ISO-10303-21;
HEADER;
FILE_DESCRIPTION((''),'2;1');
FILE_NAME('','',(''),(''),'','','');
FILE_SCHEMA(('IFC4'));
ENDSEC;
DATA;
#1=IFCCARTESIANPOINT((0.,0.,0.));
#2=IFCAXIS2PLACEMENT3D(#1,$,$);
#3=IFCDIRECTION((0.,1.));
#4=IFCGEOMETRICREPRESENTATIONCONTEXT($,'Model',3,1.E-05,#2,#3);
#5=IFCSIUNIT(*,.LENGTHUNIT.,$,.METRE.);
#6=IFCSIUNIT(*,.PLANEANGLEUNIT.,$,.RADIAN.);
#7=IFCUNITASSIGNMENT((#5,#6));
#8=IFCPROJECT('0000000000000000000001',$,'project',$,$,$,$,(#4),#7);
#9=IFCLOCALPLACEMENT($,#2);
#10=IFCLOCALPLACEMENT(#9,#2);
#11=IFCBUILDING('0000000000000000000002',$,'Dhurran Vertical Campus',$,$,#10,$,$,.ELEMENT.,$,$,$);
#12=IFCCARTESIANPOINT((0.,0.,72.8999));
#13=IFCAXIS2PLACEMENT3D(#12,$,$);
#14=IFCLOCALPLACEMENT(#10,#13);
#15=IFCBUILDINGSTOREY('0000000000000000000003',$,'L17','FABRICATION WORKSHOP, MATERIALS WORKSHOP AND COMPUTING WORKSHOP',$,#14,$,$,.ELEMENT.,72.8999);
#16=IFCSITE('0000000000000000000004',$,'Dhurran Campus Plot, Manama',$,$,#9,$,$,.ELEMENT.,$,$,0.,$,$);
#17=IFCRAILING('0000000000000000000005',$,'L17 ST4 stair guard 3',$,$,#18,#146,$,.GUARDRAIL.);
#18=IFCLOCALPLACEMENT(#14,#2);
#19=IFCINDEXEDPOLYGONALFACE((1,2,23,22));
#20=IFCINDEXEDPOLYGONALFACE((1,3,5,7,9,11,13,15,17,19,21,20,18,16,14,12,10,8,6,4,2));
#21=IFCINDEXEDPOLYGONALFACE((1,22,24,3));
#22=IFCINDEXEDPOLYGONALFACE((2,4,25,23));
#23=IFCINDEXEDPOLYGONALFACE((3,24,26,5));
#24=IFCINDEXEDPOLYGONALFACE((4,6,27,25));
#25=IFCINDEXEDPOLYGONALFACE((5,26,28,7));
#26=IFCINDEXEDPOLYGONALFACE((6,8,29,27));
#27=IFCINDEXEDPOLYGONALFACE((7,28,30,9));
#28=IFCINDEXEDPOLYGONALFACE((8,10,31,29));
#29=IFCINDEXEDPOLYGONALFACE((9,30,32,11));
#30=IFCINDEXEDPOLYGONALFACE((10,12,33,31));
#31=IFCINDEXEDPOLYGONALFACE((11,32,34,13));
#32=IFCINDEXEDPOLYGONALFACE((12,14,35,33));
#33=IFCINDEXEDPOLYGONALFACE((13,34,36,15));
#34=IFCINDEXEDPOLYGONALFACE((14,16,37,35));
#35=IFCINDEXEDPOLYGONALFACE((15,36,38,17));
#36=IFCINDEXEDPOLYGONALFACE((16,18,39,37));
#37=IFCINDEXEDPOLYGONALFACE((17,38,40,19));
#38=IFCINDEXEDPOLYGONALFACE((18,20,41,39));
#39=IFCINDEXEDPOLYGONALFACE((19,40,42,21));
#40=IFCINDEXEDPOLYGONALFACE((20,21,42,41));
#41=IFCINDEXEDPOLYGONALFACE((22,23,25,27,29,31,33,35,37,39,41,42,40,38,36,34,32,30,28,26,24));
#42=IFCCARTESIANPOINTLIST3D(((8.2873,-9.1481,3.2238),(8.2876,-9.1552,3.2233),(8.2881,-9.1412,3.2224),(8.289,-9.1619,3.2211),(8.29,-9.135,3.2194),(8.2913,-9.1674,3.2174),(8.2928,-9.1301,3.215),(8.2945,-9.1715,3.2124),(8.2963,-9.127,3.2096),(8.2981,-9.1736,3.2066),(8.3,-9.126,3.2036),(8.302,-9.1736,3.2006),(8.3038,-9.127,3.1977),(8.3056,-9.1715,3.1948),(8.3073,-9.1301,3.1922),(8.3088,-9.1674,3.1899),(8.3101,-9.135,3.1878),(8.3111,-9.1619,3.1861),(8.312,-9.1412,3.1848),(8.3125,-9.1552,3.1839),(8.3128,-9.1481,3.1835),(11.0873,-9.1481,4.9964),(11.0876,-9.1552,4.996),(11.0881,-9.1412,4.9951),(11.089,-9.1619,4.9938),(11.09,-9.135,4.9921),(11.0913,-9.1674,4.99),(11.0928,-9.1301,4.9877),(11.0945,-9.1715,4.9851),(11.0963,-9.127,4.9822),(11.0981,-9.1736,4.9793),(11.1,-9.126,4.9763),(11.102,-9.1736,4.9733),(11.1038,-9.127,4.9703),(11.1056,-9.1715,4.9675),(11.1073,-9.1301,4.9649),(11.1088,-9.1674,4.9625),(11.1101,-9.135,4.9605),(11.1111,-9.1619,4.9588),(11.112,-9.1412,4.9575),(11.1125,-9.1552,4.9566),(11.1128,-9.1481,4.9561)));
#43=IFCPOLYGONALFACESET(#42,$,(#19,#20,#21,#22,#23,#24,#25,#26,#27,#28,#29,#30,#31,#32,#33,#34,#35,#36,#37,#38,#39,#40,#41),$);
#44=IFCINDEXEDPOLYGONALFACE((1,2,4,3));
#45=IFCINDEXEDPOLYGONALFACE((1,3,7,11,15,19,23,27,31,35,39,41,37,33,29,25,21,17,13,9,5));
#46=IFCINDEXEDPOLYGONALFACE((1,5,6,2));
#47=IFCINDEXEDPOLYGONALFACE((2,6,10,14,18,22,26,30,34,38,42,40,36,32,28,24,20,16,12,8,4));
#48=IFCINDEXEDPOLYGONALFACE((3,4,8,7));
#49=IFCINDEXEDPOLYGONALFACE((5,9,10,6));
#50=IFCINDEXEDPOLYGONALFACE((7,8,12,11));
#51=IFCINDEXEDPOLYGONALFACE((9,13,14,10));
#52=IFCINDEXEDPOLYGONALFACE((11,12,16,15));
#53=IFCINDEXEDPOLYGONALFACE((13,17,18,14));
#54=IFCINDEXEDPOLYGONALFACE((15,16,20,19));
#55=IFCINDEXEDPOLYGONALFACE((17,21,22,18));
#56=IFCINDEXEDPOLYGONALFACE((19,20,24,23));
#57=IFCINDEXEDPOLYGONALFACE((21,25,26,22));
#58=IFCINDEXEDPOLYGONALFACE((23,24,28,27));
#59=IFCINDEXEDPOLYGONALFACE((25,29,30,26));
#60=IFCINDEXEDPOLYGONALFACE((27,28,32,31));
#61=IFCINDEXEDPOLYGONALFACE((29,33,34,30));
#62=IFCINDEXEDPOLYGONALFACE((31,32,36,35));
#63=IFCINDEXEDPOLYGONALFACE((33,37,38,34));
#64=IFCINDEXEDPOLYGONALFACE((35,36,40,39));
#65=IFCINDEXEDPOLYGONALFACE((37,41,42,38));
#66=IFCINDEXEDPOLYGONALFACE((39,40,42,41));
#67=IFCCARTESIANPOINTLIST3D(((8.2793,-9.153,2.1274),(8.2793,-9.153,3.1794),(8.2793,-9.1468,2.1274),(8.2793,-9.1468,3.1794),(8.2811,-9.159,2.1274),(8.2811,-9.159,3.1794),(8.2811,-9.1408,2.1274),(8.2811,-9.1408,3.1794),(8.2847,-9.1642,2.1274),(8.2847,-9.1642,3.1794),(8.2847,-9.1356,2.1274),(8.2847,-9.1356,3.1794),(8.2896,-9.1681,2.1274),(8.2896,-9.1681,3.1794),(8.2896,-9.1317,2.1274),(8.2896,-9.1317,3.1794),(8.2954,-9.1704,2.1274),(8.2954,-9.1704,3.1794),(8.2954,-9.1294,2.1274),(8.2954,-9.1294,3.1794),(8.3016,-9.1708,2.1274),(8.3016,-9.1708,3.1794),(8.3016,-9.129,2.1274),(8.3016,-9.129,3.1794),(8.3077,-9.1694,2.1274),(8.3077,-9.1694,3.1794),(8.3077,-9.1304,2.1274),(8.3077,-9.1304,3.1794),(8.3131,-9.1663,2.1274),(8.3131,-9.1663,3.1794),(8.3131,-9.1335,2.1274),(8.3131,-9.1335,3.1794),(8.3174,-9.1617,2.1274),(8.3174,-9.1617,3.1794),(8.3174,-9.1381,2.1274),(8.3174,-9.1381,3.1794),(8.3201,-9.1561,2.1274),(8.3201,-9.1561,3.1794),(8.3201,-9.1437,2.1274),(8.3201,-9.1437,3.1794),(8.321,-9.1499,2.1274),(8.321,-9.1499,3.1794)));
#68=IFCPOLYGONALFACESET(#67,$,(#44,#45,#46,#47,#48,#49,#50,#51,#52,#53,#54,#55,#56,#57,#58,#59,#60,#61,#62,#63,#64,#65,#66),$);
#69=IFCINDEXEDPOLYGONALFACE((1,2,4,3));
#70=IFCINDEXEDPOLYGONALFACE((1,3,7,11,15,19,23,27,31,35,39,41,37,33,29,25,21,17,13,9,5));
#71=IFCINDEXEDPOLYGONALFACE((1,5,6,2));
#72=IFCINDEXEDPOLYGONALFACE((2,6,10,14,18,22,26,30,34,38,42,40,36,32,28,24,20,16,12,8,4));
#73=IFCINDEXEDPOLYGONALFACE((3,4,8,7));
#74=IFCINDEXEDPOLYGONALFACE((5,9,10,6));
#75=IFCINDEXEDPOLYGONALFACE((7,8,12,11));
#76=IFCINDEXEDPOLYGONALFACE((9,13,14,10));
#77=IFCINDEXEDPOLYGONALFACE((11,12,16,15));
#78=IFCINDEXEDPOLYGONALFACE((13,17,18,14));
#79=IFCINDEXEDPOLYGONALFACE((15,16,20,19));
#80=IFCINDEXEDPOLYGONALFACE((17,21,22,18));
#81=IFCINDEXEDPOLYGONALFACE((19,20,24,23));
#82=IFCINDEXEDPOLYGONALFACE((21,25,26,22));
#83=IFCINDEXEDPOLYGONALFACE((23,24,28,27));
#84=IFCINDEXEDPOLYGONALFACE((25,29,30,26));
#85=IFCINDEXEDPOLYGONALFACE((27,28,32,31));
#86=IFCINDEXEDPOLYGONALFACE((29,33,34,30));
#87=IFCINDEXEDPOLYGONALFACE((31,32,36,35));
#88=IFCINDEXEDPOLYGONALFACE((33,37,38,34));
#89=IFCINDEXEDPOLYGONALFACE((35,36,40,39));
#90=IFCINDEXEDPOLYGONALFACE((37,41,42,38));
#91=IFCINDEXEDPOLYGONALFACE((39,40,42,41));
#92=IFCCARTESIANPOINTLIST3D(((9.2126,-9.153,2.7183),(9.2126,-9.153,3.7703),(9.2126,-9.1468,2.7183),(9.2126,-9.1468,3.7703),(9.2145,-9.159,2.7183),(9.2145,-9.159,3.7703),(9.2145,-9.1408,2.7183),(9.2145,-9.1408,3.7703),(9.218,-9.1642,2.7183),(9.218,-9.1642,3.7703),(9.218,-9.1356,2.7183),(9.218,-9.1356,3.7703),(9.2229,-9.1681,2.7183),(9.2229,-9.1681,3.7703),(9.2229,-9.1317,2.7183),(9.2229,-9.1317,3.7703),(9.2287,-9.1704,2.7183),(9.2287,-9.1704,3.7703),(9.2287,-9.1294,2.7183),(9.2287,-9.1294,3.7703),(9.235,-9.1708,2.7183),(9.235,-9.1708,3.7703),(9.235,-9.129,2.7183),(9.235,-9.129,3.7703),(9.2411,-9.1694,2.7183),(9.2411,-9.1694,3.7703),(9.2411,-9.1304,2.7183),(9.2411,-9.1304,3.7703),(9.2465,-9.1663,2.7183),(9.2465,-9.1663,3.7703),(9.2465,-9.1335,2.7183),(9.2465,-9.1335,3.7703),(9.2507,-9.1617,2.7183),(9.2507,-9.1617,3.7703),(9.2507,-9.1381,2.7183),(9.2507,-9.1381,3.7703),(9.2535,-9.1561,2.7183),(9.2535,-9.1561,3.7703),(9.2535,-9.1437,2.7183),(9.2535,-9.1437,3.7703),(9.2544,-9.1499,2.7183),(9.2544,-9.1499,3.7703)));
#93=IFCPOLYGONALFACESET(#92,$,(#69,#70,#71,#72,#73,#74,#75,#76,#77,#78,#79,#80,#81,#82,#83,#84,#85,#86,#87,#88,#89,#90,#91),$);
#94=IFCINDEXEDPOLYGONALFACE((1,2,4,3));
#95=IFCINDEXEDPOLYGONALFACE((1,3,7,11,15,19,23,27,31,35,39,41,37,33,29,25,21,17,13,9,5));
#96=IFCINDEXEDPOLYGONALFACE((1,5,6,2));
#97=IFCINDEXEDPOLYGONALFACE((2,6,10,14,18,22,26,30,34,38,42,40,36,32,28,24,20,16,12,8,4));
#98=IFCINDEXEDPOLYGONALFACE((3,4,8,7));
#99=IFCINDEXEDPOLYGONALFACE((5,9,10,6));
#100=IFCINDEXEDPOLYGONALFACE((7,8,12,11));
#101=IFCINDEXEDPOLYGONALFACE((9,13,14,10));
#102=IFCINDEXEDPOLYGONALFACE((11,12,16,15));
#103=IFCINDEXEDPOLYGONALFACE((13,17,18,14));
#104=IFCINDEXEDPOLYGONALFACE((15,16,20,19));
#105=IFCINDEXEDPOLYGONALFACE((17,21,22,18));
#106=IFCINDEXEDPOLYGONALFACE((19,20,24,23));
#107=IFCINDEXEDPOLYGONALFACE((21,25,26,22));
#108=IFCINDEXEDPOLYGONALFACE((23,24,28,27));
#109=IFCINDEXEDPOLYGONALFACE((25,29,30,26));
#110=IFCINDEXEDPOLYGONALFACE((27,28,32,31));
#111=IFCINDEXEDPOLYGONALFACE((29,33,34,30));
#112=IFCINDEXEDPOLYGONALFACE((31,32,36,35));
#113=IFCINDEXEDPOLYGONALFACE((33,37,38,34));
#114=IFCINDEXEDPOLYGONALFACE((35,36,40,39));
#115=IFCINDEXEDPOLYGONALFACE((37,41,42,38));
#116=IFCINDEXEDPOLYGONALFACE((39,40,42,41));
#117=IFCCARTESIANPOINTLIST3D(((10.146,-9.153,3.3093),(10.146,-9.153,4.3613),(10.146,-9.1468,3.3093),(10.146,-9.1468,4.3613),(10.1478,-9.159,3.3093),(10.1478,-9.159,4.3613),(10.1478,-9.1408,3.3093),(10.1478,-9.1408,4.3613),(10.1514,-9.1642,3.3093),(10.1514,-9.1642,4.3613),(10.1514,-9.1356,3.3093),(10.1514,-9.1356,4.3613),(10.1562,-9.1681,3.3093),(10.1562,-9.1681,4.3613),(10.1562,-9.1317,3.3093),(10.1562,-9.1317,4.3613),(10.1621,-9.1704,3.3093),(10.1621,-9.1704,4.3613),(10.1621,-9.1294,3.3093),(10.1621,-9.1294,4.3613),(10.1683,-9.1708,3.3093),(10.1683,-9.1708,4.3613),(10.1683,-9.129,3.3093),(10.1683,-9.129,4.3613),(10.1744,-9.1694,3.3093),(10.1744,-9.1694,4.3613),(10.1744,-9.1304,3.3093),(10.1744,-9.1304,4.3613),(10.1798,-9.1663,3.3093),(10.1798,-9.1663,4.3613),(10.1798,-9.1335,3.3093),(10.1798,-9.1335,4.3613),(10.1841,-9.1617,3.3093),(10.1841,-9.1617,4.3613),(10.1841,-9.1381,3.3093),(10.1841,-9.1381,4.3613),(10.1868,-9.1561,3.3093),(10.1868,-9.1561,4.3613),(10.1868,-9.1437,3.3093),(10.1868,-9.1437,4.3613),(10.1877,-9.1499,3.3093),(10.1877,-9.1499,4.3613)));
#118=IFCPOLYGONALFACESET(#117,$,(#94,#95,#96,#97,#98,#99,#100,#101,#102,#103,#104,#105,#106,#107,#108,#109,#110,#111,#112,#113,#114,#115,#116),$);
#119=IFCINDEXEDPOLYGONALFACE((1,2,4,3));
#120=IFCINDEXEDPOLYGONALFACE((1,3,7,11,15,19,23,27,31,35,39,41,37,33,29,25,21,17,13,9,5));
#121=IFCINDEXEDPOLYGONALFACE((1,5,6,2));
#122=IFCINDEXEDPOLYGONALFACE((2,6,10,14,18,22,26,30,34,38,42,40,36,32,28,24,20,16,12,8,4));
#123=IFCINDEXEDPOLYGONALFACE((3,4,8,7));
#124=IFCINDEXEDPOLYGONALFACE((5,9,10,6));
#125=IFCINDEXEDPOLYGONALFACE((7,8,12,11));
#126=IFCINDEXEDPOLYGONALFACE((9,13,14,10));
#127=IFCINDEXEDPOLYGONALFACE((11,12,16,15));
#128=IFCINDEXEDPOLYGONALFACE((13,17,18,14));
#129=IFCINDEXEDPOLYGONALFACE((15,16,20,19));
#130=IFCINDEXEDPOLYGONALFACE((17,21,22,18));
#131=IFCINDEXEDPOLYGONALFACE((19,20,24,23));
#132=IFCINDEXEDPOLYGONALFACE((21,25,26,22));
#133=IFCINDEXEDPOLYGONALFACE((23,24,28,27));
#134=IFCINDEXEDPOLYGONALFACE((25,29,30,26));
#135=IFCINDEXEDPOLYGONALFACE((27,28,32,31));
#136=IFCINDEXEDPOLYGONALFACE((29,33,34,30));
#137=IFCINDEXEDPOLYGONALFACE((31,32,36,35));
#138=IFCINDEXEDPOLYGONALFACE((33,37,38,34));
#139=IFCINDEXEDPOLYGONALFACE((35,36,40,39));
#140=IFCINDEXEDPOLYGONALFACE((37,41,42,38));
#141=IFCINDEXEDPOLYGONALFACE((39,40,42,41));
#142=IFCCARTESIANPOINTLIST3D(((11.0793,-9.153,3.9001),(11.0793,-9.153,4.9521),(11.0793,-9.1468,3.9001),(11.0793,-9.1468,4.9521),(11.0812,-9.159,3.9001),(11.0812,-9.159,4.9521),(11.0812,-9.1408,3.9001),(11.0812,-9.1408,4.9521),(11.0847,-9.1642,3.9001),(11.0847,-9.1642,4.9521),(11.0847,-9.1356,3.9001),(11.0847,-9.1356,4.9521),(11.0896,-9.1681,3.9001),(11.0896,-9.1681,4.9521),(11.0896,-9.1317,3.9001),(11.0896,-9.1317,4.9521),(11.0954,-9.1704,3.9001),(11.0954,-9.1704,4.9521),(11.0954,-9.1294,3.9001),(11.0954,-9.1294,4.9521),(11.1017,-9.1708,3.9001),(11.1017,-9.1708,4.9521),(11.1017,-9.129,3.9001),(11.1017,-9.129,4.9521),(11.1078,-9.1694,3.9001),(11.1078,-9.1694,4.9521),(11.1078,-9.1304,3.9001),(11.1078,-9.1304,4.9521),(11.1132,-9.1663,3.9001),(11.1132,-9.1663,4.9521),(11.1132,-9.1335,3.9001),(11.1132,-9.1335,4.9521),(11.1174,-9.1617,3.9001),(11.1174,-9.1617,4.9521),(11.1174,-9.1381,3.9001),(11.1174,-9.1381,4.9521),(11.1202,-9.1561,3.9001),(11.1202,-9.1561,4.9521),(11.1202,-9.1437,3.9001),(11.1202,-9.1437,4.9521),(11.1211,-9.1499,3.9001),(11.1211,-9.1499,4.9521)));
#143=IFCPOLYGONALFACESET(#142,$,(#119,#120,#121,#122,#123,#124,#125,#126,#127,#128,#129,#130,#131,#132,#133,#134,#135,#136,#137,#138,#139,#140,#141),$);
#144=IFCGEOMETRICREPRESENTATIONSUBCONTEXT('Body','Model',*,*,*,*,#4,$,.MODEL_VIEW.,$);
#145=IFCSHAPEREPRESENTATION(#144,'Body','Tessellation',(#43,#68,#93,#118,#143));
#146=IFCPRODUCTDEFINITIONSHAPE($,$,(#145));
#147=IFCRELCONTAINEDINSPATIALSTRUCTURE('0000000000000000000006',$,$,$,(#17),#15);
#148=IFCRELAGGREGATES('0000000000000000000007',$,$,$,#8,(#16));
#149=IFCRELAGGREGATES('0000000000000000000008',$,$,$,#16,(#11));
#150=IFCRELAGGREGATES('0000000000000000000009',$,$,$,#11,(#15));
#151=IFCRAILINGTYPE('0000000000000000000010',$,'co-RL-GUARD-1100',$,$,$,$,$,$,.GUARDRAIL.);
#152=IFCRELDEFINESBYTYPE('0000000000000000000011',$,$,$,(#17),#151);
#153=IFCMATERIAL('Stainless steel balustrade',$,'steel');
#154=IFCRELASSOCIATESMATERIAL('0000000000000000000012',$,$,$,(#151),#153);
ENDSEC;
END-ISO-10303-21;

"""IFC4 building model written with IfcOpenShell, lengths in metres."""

from ifc_helpers import new_model, si_unit, direction, frame, origin, origin_2d, place, context, subcontext, project, spatial, circle, extrude, material, type_object, element, save


model = new_model("IFC4")

# Units and contexts
model_context = context("Model", 3, precision=1e-05, world=origin(), true_north=direction((0.0, 1.0)))
body_context = subcontext(model_context, "Body", "Model", "MODEL_VIEW")
ifc_project = project(units=[si_unit("LENGTHUNIT", "METRE"), si_unit("PLANEANGLEUNIT", "RADIAN")], contexts=[model_context])

# Site, building, storey
site_placement = place(None, origin())
site = spatial("IfcSite", under=ifc_project, at=site_placement, Name="Dhurran Campus Plot, Manama", CompositionType="ELEMENT", RefElevation=0.0)
building_placement = place(site_placement, origin())
building = spatial("IfcBuilding", under=site, at=building_placement, Name="Dhurran Vertical Campus", CompositionType="ELEMENT")
storey_placement = place(building_placement, frame((0.0, 0.0, 72.8999)))
storey = spatial("IfcBuildingStorey", under=building, at=storey_placement, Name="L17", Description="FABRICATION WORKSHOP, MATERIALS WORKSHOP AND COMPUTING WORKSHOP", CompositionType="ELEMENT", Elevation=72.8999)

# Railing
ifc_material_1 = material(Name="Stainless steel balustrade", Category="steel")
railing_type_1 = type_object("IfcRailingType", Name="co-RL-GUARD-1100", PredefinedType="GUARDRAIL", material=ifc_material_1)
railing_1_placement = place(storey_placement, frame((8.3, -9.1499, 2.1274)))
element("IfcRailing", 1, at=railing_1_placement, inside=storey, type_object=railing_type_1, Name="L17 ST4 stair guard 3", PredefinedType="GUARDRAIL", context=body_context, shape_type="SweptSolid", body=[
    extrude(circle(Radius=0.0239, at=origin_2d()), frame((0.0, 0.0, 1.0762), z_axis=(0.844909, 0.0, 0.53491), x_axis=(0.0, 1.0, 0.0)), (0.0, 0.0, 1.0), 3.314),
    extrude(circle(Radius=0.021, at=origin_2d()), origin(), (0.0, 0.0, 1.0), 1.052),
    extrude(circle(Radius=0.021, at=origin_2d()), frame((0.9333, 0.0, 0.5908)), (0.0, 0.0, 1.0), 1.052),
    extrude(circle(Radius=0.021, at=origin_2d()), frame((1.8667, 0.0, 1.1819)), (0.0, 0.0, 1.0), 1.052),
    extrude(circle(Radius=0.021, at=origin_2d()), frame((2.8, 0.0, 1.7727)), (0.0, 0.0, 1.0), 1.052),
])

save(model, "model.ifc")
